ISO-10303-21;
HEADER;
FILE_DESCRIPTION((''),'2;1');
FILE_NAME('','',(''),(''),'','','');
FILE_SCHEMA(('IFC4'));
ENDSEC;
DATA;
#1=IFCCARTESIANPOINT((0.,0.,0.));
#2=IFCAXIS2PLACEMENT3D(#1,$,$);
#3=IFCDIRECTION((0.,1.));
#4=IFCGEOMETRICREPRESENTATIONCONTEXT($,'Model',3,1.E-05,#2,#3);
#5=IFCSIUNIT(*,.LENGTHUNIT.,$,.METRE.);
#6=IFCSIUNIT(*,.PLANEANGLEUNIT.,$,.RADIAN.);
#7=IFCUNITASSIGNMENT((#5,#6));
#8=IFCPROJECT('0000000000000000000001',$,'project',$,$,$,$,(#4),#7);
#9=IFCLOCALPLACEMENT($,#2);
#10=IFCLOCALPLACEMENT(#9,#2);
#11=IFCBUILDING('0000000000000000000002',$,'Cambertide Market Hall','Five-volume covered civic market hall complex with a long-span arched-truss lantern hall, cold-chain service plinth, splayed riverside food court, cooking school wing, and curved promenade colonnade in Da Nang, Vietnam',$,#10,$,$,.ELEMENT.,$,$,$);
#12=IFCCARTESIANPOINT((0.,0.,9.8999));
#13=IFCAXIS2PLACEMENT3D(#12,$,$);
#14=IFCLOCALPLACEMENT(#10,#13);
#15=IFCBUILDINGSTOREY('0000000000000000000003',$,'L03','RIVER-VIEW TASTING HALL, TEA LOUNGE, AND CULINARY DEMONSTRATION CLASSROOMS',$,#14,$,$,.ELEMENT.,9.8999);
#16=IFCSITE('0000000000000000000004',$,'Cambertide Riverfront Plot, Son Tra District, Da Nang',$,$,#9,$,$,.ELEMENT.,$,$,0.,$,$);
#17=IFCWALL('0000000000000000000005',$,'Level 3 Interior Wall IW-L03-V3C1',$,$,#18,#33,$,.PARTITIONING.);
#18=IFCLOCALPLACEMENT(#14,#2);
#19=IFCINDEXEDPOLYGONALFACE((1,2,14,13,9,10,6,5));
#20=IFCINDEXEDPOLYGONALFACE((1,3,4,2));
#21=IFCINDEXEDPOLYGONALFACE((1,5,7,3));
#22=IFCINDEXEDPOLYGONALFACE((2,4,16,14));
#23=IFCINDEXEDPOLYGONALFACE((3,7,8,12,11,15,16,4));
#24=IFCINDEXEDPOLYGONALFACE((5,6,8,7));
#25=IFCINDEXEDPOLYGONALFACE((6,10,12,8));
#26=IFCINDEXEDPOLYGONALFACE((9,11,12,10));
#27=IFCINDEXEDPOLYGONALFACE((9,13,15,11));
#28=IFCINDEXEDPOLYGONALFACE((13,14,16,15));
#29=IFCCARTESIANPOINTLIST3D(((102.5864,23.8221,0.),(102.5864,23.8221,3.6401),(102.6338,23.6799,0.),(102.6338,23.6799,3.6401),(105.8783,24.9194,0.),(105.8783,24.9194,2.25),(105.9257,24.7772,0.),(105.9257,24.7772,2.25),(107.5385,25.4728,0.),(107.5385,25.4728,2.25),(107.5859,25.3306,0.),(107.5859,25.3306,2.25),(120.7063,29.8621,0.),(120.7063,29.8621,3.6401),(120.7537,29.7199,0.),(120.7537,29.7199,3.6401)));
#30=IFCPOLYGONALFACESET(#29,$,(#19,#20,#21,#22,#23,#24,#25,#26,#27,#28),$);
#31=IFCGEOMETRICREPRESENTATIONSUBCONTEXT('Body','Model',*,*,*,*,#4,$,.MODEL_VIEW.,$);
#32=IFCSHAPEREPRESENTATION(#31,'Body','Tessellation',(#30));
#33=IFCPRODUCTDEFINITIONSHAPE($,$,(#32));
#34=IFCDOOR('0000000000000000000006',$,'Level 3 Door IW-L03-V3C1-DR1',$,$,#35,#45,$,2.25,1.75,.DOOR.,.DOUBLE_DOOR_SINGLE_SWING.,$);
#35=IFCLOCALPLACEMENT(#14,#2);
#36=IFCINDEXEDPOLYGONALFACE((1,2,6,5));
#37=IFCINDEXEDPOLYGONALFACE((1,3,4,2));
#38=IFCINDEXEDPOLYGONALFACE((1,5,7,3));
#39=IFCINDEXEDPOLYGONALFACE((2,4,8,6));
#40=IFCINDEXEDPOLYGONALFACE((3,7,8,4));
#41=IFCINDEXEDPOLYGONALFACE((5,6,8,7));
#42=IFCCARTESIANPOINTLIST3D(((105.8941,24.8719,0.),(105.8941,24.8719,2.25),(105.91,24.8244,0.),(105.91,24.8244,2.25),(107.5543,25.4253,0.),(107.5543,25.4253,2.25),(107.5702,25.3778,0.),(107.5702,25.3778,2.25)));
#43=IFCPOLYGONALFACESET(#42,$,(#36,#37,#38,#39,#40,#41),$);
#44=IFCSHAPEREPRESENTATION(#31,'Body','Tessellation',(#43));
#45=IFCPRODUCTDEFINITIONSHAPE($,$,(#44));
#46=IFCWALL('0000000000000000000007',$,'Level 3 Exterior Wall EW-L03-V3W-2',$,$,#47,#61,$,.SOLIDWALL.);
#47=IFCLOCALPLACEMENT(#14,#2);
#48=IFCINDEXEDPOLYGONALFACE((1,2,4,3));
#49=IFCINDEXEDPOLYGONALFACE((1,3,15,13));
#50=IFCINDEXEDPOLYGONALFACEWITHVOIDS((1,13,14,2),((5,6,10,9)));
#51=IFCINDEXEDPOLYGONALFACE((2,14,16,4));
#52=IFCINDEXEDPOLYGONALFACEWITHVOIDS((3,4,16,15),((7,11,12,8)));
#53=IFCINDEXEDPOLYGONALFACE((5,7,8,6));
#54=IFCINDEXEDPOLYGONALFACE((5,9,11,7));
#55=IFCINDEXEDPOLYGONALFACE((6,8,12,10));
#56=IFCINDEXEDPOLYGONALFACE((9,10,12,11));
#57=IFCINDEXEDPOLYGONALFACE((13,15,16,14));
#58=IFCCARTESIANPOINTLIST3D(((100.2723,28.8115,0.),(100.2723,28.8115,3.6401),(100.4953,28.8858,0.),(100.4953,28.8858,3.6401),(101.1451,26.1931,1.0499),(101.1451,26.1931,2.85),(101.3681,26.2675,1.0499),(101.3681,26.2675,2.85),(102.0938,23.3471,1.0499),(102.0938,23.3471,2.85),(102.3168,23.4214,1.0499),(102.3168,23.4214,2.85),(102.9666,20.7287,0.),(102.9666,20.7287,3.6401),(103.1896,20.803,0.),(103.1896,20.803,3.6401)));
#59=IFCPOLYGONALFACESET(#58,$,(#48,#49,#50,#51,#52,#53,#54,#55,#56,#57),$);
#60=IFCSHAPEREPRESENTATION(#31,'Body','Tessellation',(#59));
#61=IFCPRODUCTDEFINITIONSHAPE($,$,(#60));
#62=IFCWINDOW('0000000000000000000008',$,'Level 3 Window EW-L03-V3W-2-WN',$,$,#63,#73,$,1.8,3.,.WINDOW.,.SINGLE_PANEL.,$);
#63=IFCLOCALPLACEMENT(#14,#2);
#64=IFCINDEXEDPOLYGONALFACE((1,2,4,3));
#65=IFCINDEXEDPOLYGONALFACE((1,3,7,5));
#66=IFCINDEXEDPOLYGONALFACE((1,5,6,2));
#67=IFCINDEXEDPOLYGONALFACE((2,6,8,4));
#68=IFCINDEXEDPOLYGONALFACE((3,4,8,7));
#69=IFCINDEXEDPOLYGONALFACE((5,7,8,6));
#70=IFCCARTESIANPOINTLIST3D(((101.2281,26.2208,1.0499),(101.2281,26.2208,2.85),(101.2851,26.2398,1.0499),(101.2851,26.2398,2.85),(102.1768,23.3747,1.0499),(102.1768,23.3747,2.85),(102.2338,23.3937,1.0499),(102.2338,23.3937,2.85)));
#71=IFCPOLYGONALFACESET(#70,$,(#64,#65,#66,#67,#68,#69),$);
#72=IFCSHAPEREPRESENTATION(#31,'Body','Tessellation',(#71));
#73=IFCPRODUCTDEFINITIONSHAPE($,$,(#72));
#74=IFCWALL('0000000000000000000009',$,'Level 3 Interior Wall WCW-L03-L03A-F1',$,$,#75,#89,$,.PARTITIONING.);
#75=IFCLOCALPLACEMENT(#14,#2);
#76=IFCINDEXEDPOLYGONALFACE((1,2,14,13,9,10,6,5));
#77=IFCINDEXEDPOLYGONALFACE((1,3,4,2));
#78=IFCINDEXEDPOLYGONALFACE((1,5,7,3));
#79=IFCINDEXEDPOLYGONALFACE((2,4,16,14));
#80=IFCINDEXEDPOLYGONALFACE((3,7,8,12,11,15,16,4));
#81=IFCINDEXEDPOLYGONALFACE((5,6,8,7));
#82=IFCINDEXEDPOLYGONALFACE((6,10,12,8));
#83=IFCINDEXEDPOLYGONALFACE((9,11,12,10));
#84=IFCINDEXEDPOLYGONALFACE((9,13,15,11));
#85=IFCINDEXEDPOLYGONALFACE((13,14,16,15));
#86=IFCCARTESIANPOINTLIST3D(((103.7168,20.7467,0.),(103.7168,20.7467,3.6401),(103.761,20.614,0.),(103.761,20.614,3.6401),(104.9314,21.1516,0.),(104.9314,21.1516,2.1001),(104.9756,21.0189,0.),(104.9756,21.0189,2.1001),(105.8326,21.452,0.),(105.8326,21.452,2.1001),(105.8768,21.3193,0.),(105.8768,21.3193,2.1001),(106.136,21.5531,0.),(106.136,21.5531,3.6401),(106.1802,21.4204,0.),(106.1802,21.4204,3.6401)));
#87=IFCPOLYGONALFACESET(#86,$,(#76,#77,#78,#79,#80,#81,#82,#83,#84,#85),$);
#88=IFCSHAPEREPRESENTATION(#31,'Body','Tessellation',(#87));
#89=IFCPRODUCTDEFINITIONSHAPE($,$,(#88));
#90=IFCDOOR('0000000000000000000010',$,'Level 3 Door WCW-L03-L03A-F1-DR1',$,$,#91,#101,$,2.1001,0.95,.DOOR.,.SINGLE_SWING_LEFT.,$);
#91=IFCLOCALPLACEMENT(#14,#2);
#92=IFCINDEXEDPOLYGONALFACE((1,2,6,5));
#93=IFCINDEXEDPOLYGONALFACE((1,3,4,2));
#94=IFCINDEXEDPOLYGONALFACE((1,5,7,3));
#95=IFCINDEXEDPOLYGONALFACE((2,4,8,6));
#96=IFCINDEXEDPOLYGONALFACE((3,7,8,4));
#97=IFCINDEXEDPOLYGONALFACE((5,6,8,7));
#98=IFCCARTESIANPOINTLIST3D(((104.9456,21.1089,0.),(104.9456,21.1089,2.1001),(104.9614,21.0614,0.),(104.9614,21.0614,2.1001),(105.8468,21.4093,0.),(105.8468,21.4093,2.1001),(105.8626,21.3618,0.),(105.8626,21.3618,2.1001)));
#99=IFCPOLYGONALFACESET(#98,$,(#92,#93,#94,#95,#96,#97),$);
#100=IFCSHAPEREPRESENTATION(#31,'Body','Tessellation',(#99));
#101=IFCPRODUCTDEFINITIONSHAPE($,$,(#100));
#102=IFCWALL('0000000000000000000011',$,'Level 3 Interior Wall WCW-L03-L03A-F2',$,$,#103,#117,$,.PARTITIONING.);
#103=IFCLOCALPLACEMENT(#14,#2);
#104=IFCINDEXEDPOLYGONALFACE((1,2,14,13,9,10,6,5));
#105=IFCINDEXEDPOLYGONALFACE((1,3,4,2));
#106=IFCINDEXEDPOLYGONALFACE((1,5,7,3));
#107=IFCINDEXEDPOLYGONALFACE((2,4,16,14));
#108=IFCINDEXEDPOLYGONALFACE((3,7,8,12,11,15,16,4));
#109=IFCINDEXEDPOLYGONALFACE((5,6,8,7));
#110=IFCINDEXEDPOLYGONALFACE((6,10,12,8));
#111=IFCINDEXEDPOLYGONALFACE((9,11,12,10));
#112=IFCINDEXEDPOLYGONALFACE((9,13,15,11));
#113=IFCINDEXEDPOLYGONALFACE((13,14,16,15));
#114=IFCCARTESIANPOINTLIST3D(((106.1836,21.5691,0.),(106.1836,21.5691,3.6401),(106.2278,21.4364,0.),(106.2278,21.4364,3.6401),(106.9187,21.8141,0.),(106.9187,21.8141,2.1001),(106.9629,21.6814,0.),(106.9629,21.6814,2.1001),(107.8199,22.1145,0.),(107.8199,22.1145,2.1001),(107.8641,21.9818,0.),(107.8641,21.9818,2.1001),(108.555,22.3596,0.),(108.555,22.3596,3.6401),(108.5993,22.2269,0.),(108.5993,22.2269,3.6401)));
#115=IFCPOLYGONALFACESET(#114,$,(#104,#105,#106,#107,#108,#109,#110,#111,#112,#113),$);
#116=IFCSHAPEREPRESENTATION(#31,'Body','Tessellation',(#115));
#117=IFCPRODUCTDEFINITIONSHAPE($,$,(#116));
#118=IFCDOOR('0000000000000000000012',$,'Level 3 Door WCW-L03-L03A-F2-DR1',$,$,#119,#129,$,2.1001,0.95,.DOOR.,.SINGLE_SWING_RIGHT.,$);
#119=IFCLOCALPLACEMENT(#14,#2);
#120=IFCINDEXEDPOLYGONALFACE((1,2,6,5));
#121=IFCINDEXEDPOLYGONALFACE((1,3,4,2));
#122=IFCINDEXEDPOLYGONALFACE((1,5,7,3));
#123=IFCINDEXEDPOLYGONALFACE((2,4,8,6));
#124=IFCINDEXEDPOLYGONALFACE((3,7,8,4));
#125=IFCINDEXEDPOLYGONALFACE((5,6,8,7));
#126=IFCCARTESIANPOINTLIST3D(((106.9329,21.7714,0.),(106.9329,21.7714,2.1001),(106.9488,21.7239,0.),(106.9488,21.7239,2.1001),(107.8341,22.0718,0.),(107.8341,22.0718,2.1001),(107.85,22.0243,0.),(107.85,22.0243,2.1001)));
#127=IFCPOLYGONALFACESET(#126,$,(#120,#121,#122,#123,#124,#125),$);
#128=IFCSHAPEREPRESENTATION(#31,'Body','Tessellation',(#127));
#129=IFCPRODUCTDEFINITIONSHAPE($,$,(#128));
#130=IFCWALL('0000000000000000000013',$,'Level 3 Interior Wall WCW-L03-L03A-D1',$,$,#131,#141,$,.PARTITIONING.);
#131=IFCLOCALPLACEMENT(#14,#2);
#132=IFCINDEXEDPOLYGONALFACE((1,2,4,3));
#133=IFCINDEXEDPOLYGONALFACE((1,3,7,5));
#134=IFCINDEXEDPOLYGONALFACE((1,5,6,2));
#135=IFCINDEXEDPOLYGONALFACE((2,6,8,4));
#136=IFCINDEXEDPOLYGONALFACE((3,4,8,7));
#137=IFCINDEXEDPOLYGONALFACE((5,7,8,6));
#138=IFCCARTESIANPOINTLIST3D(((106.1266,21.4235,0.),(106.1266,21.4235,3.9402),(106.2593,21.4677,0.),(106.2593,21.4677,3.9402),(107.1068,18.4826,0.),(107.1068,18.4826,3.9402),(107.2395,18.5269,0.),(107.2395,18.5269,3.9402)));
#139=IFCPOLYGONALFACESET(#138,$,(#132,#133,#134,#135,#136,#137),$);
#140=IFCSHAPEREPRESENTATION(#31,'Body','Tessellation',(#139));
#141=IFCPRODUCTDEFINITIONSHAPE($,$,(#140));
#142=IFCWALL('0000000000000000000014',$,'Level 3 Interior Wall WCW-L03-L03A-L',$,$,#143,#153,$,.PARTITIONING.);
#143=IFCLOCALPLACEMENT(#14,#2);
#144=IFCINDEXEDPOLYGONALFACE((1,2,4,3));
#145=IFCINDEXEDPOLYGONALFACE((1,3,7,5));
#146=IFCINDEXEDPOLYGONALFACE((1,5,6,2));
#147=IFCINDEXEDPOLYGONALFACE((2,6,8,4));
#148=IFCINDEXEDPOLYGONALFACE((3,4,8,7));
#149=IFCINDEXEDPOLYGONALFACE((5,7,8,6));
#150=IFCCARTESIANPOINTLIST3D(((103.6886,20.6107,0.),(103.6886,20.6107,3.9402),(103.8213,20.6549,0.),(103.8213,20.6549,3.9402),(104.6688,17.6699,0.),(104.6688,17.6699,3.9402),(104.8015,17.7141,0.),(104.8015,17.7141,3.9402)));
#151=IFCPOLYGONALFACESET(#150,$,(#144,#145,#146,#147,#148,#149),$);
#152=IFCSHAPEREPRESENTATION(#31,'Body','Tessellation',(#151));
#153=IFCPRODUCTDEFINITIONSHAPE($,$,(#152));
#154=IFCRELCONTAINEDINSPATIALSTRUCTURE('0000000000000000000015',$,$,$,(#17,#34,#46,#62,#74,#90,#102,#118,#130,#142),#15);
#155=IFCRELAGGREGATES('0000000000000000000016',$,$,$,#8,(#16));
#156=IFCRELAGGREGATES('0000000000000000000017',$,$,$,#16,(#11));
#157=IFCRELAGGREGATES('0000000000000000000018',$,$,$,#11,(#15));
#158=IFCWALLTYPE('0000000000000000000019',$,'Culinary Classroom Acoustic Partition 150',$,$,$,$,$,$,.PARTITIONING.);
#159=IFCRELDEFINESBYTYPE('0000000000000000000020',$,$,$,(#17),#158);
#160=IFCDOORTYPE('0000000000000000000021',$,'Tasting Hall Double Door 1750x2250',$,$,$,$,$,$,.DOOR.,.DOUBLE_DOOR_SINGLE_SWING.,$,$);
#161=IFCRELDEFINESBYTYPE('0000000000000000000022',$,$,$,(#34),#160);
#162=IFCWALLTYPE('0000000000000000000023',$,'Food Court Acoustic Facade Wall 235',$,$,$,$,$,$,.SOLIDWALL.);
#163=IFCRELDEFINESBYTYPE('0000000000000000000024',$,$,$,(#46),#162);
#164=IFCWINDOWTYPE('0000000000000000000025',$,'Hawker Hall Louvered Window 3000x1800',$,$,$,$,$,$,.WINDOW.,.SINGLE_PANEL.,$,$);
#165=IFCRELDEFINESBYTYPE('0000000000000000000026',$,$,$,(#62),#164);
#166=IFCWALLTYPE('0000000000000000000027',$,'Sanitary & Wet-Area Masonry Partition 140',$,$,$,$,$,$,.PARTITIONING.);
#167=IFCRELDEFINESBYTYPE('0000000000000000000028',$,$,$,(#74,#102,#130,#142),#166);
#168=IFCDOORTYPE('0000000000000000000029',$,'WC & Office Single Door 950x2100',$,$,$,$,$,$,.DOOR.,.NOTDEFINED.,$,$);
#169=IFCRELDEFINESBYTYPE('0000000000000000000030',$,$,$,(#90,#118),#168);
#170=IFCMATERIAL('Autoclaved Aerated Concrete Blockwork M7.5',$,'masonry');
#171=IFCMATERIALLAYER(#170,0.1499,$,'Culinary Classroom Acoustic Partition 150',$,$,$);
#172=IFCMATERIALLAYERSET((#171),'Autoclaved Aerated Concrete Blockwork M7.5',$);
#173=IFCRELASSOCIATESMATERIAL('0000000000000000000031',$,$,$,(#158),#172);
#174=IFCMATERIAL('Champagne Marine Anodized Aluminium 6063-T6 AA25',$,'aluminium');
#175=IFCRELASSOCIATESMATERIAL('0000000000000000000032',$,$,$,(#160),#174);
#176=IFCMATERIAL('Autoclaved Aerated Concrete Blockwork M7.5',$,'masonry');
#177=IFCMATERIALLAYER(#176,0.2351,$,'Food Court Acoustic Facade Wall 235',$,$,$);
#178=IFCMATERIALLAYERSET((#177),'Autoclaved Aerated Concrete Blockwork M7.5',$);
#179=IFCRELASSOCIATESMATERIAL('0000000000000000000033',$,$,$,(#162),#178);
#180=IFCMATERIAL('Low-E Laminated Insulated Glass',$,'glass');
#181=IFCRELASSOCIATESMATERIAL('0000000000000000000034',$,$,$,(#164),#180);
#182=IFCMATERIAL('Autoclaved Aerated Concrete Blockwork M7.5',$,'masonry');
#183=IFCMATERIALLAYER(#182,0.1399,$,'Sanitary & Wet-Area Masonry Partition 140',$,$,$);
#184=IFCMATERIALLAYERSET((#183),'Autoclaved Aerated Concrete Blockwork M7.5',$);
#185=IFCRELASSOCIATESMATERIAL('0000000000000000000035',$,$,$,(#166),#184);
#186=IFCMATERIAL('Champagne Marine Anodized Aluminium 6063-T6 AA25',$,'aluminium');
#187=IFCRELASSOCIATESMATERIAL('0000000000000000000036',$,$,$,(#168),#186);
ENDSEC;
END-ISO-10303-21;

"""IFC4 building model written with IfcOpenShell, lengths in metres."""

from ifc_helpers import new_model, si_unit, direction, frame, frame_2d, origin, place, context, subcontext, project, spatial, rectangle, extrude, material, layer, layer_set, type_object, element, fill, save


model = new_model("IFC4")

# Units and contexts
model_context = context("Model", 3, precision=1e-05, world=origin(), true_north=direction((0.0, 1.0)))
body_context = subcontext(model_context, "Body", "Model", "MODEL_VIEW")
ifc_project = project(units=[si_unit("LENGTHUNIT", "METRE"), si_unit("PLANEANGLEUNIT", "RADIAN")], contexts=[model_context])

# Site, building, storey
site_placement = place(None, origin())
site = spatial("IfcSite", under=ifc_project, at=site_placement, Name="Cambertide Riverfront Plot, Son Tra District, Da Nang", CompositionType="ELEMENT", RefElevation=0.0)
building_placement = place(site_placement, origin())
building = spatial("IfcBuilding", under=site, at=building_placement, Name="Cambertide Market Hall", Description="Five-volume covered civic market hall complex with a long-span arched-truss lantern hall, cold-chain service plinth, splayed riverside food court, cooking school wing, and curved promenade colonnade in Da Nang, Vietnam", CompositionType="ELEMENT")
storey_placement = place(building_placement, frame((0.0, 0.0, 9.8999)))
storey = spatial("IfcBuildingStorey", under=building, at=storey_placement, Name="L03", Description="RIVER-VIEW TASTING HALL, TEA LOUNGE, AND CULINARY DEMONSTRATION CLASSROOMS", CompositionType="ELEMENT", Elevation=9.8999)

# Wall, opening, door
ifc_material_1 = material(Name="Autoclaved Aerated Concrete Blockwork M7.5", Category="masonry")
ifc_layer_1 = layer(ifc_material_1, 0.1499, Name="Culinary Classroom Acoustic Partition 150")
ifc_layer_set_1 = layer_set([ifc_layer_1], Name="Autoclaved Aerated Concrete Blockwork M7.5")
wall_type_1 = type_object("IfcWallType", Name="Culinary Classroom Acoustic Partition 150", PredefinedType="PARTITIONING", material=ifc_layer_set_1)
wall_1_placement = place(storey_placement, frame((102.6101, 23.751, 0.0), z_axis=(0.0, 0.0, 1.0), x_axis=(0.948682, 0.316232, 0.0)))
wall_1 = element("IfcWall", 1, at=wall_1_placement, inside=storey, type_object=wall_type_1, Name="Level 3 Interior Wall IW-L03-V3C1", PredefinedType="PARTITIONING", context=body_context, shape_type="SweptSolid", body=[
    extrude(rectangle(XDim=19.1001, YDim=0.1499, at=frame_2d((9.55, 0.0))), origin(), (0.0, 0.0, 1.0), 3.6401),
])
opening_1_placement = place(wall_1_placement, frame((3.47, 0.0, 0.0)))
opening_1 = element("IfcOpeningElement", 2, at=opening_1_placement, cuts=wall_1, PredefinedType="OPENING", context=body_context, shape_type="SweptSolid", body=[
    extrude(rectangle(XDim=1.75, YDim=2.25, at=frame_2d((0.875, 1.125))), frame((0.0, 0.085, 0.0), z_axis=(0.0, -1.0, 0.0), x_axis=(1.0, 0.0, 0.0)), (0.0, 0.0, 1.0), 0.1699),
])
ifc_material_2 = material(Name="Champagne Marine Anodized Aluminium 6063-T6 AA25", Category="aluminium")
door_type_1 = type_object("IfcDoorType", Name="Tasting Hall Double Door 1750x2250", OperationType="DOUBLE_DOOR_SINGLE_SWING", PredefinedType="DOOR", material=ifc_material_2)
door_1_placement = place(opening_1_placement, origin())
door_1 = element("IfcDoor", 3, at=door_1_placement, inside=storey, type_object=door_type_1, Name="Level 3 Door IW-L03-V3C1-DR1", OperationType="DOUBLE_DOOR_SINGLE_SWING", OverallHeight=2.25, OverallWidth=1.75, PredefinedType="DOOR", context=body_context, shape_type="SweptSolid", body=[
    extrude(rectangle(XDim=1.75, YDim=2.25, at=frame_2d((0.875, 1.125))), frame((0.0, 0.0249, 0.0), z_axis=(0.0, -1.0, 0.0), x_axis=(1.0, 0.0, 0.0)), (0.0, 0.0, 1.0), 0.05),
])
fill(opening_1, door_1)

# Wall, opening, window
ifc_material_3 = material(Name="Autoclaved Aerated Concrete Blockwork M7.5", Category="masonry")
ifc_layer_2 = layer(ifc_material_3, 0.2351, Name="Food Court Acoustic Facade Wall 235")
ifc_layer_set_2 = layer_set([ifc_layer_2], Name="Autoclaved Aerated Concrete Blockwork M7.5")
wall_type_2 = type_object("IfcWallType", Name="Food Court Acoustic Facade Wall 235", PredefinedType="SOLIDWALL", material=ifc_layer_set_2)
wall_2_placement = place(storey_placement, frame((103.0781, 20.7659, 0.0), z_axis=(0.0, 0.0, 1.0), x_axis=(-0.316236, 0.94868, 0.0)))
wall_2 = element("IfcWall", 4, at=wall_2_placement, inside=storey, type_object=wall_type_2, Name="Level 3 Exterior Wall EW-L03-V3W-2", PredefinedType="SOLIDWALL", context=body_context, shape_type="SweptSolid", body=[
    extrude(rectangle(XDim=8.52, YDim=0.2351, at=frame_2d((4.26, 0.0))), origin(), (0.0, 0.0, 1.0), 3.6401),
])
opening_2_placement = place(wall_2_placement, frame((2.76, 0.0, 1.05)))
opening_2 = element("IfcOpeningElement", 5, at=opening_2_placement, cuts=wall_2, PredefinedType="OPENING", context=body_context, shape_type="SweptSolid", body=[
    extrude(rectangle(XDim=3.0, YDim=1.8, at=frame_2d((1.5, 0.8999))), frame((0.0, 0.1274, 0.0), z_axis=(0.0, -1.0, 0.0), x_axis=(1.0, 0.0, 0.0)), (0.0, 0.0, 1.0), 0.2551),
])
ifc_material_4 = material(Name="Low-E Laminated Insulated Glass", Category="glass")
window_type = type_object("IfcWindowType", Name="Hawker Hall Louvered Window 3000x1800", PartitioningType="SINGLE_PANEL", PredefinedType="WINDOW", material=ifc_material_4)
window_placement = place(opening_2_placement, origin())
window = element("IfcWindow", 6, at=window_placement, inside=storey, type_object=window_type, Name="Level 3 Window EW-L03-V3W-2-WN", OverallHeight=1.8, OverallWidth=3.0, PartitioningType="SINGLE_PANEL", PredefinedType="WINDOW", context=body_context, shape_type="SweptSolid", body=[
    extrude(rectangle(XDim=3.0, YDim=1.8, at=frame_2d((1.5, 0.8999))), frame((0.0, 0.03, 0.0), z_axis=(0.0, -1.0, 0.0), x_axis=(1.0, 0.0, 0.0)), (0.0, 0.0, 1.0), 0.0601),
])
fill(opening_2, window)

# Walls, openings, doors
ifc_material_5 = material(Name="Autoclaved Aerated Concrete Blockwork M7.5", Category="masonry")
ifc_layer_3 = layer(ifc_material_5, 0.1399, Name="Sanitary & Wet-Area Masonry Partition 140")
ifc_layer_set_3 = layer_set([ifc_layer_3], Name="Autoclaved Aerated Concrete Blockwork M7.5")
wall_type_3 = type_object("IfcWallType", Name="Sanitary & Wet-Area Masonry Partition 140", PredefinedType="PARTITIONING", material=ifc_layer_set_3)
wall_3_placement = place(storey_placement, frame((103.739, 20.6804, 0.0), z_axis=(0.0, 0.0, 1.0), x_axis=(0.948683, 0.316228, 0.0)))
wall_3 = element("IfcWall", 7, at=wall_3_placement, inside=storey, type_object=wall_type_3, Name="Level 3 Interior Wall WCW-L03-L03A-F1", PredefinedType="PARTITIONING", context=body_context, shape_type="SweptSolid", body=[
    extrude(rectangle(XDim=2.55, YDim=0.1399, at=frame_2d((1.2749, 0.0))), origin(), (0.0, 0.0, 1.0), 3.6401),
])
opening_3_placement = place(wall_3_placement, frame((1.28, 0.0, 0.0)))
opening_3 = element("IfcOpeningElement", 8, at=opening_3_placement, cuts=wall_3, PredefinedType="OPENING", context=body_context, shape_type="SweptSolid", body=[
    extrude(rectangle(XDim=0.95, YDim=2.1001, at=frame_2d((0.4751, 1.05))), frame((0.0, 0.0798, 0.0), z_axis=(0.0, -1.0, 0.0), x_axis=(1.0, 0.0, 0.0)), (0.0, 0.0, 1.0), 0.1599),
])
ifc_material_6 = material(Name="Champagne Marine Anodized Aluminium 6063-T6 AA25", Category="aluminium")
door_type_2 = type_object("IfcDoorType", Name="WC & Office Single Door 950x2100", OperationType="NOTDEFINED", PredefinedType="DOOR", material=ifc_material_6)
door_2_placement = place(opening_3_placement, origin())
door_2 = element("IfcDoor", 9, at=door_2_placement, inside=storey, type_object=door_type_2, Name="Level 3 Door WCW-L03-L03A-F1-DR1", OperationType="SINGLE_SWING_LEFT", OverallHeight=2.1001, OverallWidth=0.95, PredefinedType="DOOR", context=body_context, shape_type="SweptSolid", body=[
    extrude(rectangle(XDim=0.95, YDim=2.1001, at=frame_2d((0.4751, 1.05))), frame((0.0, 0.0249, 0.0), z_axis=(0.0, -1.0, 0.0), x_axis=(1.0, 0.0, 0.0)), (0.0, 0.0, 1.0), 0.05),
])
fill(opening_3, door_2)
wall_4_placement = place(storey_placement, frame((106.2056, 21.5027, 0.0), z_axis=(0.0, 0.0, 1.0), x_axis=(0.948683, 0.316228, 0.0)))
wall_4 = element("IfcWall", 10, at=wall_4_placement, inside=storey, type_object=wall_type_3, Name="Level 3 Interior Wall WCW-L03-L03A-F2", PredefinedType="PARTITIONING", context=body_context, shape_type="SweptSolid", body=[
    extrude(rectangle(XDim=2.4998, YDim=0.1399, at=frame_2d((1.25, 0.0))), origin(), (0.0, 0.0, 1.0), 3.6401),
])
opening_4_placement = place(wall_4_placement, frame((0.7749, 0.0, 0.0)))
opening_4 = element("IfcOpeningElement", 11, at=opening_4_placement, cuts=wall_4, PredefinedType="OPENING", context=body_context, shape_type="SweptSolid", body=[
    extrude(rectangle(XDim=0.95, YDim=2.1001, at=frame_2d((0.4751, 1.05))), frame((0.0, 0.0798, 0.0), z_axis=(0.0, -1.0, 0.0), x_axis=(1.0, 0.0, 0.0)), (0.0, 0.0, 1.0), 0.1599),
])
door_3_placement = place(opening_4_placement, origin())
door_3 = element("IfcDoor", 12, at=door_3_placement, inside=storey, type_object=door_type_2, Name="Level 3 Door WCW-L03-L03A-F2-DR1", OperationType="SINGLE_SWING_RIGHT", OverallHeight=2.1001, OverallWidth=0.95, PredefinedType="DOOR", context=body_context, shape_type="SweptSolid", body=[
    extrude(rectangle(XDim=0.95, YDim=2.1001, at=frame_2d((0.4751, 1.05))), frame((0.0, 0.0249, 0.0), z_axis=(0.0, -1.0, 0.0), x_axis=(1.0, 0.0, 0.0)), (0.0, 0.0, 1.0), 0.05),
])
fill(opening_4, door_3)

# Walls
for number, where, z_axis, x_axis, name in (
    (13, (107.1731, 18.5049, 0.0), (0.0, 0.0, 1.0), (-0.316204, 0.948691, 0.0), "Level 3 Interior Wall WCW-L03-L03A-D1"),
    (14, (104.7351, 17.6921, 0.0), (0.0, 0.0, 1.0), (-0.316204, 0.948691, 0.0), "Level 3 Interior Wall WCW-L03-L03A-L"),
):
    element("IfcWall", number, at=place(storey_placement, frame(where, z_axis=z_axis, x_axis=x_axis)), inside=storey, type_object=wall_type_3, Name=name, PredefinedType="PARTITIONING", context=body_context, shape_type="SweptSolid", body=[
        extrude(rectangle(XDim=3.0999, YDim=0.1399, at=frame_2d((1.5498, 0.0))), origin(), (0.0, 0.0, 1.0), 3.9402),
    ])

save(model, "model.ifc")
